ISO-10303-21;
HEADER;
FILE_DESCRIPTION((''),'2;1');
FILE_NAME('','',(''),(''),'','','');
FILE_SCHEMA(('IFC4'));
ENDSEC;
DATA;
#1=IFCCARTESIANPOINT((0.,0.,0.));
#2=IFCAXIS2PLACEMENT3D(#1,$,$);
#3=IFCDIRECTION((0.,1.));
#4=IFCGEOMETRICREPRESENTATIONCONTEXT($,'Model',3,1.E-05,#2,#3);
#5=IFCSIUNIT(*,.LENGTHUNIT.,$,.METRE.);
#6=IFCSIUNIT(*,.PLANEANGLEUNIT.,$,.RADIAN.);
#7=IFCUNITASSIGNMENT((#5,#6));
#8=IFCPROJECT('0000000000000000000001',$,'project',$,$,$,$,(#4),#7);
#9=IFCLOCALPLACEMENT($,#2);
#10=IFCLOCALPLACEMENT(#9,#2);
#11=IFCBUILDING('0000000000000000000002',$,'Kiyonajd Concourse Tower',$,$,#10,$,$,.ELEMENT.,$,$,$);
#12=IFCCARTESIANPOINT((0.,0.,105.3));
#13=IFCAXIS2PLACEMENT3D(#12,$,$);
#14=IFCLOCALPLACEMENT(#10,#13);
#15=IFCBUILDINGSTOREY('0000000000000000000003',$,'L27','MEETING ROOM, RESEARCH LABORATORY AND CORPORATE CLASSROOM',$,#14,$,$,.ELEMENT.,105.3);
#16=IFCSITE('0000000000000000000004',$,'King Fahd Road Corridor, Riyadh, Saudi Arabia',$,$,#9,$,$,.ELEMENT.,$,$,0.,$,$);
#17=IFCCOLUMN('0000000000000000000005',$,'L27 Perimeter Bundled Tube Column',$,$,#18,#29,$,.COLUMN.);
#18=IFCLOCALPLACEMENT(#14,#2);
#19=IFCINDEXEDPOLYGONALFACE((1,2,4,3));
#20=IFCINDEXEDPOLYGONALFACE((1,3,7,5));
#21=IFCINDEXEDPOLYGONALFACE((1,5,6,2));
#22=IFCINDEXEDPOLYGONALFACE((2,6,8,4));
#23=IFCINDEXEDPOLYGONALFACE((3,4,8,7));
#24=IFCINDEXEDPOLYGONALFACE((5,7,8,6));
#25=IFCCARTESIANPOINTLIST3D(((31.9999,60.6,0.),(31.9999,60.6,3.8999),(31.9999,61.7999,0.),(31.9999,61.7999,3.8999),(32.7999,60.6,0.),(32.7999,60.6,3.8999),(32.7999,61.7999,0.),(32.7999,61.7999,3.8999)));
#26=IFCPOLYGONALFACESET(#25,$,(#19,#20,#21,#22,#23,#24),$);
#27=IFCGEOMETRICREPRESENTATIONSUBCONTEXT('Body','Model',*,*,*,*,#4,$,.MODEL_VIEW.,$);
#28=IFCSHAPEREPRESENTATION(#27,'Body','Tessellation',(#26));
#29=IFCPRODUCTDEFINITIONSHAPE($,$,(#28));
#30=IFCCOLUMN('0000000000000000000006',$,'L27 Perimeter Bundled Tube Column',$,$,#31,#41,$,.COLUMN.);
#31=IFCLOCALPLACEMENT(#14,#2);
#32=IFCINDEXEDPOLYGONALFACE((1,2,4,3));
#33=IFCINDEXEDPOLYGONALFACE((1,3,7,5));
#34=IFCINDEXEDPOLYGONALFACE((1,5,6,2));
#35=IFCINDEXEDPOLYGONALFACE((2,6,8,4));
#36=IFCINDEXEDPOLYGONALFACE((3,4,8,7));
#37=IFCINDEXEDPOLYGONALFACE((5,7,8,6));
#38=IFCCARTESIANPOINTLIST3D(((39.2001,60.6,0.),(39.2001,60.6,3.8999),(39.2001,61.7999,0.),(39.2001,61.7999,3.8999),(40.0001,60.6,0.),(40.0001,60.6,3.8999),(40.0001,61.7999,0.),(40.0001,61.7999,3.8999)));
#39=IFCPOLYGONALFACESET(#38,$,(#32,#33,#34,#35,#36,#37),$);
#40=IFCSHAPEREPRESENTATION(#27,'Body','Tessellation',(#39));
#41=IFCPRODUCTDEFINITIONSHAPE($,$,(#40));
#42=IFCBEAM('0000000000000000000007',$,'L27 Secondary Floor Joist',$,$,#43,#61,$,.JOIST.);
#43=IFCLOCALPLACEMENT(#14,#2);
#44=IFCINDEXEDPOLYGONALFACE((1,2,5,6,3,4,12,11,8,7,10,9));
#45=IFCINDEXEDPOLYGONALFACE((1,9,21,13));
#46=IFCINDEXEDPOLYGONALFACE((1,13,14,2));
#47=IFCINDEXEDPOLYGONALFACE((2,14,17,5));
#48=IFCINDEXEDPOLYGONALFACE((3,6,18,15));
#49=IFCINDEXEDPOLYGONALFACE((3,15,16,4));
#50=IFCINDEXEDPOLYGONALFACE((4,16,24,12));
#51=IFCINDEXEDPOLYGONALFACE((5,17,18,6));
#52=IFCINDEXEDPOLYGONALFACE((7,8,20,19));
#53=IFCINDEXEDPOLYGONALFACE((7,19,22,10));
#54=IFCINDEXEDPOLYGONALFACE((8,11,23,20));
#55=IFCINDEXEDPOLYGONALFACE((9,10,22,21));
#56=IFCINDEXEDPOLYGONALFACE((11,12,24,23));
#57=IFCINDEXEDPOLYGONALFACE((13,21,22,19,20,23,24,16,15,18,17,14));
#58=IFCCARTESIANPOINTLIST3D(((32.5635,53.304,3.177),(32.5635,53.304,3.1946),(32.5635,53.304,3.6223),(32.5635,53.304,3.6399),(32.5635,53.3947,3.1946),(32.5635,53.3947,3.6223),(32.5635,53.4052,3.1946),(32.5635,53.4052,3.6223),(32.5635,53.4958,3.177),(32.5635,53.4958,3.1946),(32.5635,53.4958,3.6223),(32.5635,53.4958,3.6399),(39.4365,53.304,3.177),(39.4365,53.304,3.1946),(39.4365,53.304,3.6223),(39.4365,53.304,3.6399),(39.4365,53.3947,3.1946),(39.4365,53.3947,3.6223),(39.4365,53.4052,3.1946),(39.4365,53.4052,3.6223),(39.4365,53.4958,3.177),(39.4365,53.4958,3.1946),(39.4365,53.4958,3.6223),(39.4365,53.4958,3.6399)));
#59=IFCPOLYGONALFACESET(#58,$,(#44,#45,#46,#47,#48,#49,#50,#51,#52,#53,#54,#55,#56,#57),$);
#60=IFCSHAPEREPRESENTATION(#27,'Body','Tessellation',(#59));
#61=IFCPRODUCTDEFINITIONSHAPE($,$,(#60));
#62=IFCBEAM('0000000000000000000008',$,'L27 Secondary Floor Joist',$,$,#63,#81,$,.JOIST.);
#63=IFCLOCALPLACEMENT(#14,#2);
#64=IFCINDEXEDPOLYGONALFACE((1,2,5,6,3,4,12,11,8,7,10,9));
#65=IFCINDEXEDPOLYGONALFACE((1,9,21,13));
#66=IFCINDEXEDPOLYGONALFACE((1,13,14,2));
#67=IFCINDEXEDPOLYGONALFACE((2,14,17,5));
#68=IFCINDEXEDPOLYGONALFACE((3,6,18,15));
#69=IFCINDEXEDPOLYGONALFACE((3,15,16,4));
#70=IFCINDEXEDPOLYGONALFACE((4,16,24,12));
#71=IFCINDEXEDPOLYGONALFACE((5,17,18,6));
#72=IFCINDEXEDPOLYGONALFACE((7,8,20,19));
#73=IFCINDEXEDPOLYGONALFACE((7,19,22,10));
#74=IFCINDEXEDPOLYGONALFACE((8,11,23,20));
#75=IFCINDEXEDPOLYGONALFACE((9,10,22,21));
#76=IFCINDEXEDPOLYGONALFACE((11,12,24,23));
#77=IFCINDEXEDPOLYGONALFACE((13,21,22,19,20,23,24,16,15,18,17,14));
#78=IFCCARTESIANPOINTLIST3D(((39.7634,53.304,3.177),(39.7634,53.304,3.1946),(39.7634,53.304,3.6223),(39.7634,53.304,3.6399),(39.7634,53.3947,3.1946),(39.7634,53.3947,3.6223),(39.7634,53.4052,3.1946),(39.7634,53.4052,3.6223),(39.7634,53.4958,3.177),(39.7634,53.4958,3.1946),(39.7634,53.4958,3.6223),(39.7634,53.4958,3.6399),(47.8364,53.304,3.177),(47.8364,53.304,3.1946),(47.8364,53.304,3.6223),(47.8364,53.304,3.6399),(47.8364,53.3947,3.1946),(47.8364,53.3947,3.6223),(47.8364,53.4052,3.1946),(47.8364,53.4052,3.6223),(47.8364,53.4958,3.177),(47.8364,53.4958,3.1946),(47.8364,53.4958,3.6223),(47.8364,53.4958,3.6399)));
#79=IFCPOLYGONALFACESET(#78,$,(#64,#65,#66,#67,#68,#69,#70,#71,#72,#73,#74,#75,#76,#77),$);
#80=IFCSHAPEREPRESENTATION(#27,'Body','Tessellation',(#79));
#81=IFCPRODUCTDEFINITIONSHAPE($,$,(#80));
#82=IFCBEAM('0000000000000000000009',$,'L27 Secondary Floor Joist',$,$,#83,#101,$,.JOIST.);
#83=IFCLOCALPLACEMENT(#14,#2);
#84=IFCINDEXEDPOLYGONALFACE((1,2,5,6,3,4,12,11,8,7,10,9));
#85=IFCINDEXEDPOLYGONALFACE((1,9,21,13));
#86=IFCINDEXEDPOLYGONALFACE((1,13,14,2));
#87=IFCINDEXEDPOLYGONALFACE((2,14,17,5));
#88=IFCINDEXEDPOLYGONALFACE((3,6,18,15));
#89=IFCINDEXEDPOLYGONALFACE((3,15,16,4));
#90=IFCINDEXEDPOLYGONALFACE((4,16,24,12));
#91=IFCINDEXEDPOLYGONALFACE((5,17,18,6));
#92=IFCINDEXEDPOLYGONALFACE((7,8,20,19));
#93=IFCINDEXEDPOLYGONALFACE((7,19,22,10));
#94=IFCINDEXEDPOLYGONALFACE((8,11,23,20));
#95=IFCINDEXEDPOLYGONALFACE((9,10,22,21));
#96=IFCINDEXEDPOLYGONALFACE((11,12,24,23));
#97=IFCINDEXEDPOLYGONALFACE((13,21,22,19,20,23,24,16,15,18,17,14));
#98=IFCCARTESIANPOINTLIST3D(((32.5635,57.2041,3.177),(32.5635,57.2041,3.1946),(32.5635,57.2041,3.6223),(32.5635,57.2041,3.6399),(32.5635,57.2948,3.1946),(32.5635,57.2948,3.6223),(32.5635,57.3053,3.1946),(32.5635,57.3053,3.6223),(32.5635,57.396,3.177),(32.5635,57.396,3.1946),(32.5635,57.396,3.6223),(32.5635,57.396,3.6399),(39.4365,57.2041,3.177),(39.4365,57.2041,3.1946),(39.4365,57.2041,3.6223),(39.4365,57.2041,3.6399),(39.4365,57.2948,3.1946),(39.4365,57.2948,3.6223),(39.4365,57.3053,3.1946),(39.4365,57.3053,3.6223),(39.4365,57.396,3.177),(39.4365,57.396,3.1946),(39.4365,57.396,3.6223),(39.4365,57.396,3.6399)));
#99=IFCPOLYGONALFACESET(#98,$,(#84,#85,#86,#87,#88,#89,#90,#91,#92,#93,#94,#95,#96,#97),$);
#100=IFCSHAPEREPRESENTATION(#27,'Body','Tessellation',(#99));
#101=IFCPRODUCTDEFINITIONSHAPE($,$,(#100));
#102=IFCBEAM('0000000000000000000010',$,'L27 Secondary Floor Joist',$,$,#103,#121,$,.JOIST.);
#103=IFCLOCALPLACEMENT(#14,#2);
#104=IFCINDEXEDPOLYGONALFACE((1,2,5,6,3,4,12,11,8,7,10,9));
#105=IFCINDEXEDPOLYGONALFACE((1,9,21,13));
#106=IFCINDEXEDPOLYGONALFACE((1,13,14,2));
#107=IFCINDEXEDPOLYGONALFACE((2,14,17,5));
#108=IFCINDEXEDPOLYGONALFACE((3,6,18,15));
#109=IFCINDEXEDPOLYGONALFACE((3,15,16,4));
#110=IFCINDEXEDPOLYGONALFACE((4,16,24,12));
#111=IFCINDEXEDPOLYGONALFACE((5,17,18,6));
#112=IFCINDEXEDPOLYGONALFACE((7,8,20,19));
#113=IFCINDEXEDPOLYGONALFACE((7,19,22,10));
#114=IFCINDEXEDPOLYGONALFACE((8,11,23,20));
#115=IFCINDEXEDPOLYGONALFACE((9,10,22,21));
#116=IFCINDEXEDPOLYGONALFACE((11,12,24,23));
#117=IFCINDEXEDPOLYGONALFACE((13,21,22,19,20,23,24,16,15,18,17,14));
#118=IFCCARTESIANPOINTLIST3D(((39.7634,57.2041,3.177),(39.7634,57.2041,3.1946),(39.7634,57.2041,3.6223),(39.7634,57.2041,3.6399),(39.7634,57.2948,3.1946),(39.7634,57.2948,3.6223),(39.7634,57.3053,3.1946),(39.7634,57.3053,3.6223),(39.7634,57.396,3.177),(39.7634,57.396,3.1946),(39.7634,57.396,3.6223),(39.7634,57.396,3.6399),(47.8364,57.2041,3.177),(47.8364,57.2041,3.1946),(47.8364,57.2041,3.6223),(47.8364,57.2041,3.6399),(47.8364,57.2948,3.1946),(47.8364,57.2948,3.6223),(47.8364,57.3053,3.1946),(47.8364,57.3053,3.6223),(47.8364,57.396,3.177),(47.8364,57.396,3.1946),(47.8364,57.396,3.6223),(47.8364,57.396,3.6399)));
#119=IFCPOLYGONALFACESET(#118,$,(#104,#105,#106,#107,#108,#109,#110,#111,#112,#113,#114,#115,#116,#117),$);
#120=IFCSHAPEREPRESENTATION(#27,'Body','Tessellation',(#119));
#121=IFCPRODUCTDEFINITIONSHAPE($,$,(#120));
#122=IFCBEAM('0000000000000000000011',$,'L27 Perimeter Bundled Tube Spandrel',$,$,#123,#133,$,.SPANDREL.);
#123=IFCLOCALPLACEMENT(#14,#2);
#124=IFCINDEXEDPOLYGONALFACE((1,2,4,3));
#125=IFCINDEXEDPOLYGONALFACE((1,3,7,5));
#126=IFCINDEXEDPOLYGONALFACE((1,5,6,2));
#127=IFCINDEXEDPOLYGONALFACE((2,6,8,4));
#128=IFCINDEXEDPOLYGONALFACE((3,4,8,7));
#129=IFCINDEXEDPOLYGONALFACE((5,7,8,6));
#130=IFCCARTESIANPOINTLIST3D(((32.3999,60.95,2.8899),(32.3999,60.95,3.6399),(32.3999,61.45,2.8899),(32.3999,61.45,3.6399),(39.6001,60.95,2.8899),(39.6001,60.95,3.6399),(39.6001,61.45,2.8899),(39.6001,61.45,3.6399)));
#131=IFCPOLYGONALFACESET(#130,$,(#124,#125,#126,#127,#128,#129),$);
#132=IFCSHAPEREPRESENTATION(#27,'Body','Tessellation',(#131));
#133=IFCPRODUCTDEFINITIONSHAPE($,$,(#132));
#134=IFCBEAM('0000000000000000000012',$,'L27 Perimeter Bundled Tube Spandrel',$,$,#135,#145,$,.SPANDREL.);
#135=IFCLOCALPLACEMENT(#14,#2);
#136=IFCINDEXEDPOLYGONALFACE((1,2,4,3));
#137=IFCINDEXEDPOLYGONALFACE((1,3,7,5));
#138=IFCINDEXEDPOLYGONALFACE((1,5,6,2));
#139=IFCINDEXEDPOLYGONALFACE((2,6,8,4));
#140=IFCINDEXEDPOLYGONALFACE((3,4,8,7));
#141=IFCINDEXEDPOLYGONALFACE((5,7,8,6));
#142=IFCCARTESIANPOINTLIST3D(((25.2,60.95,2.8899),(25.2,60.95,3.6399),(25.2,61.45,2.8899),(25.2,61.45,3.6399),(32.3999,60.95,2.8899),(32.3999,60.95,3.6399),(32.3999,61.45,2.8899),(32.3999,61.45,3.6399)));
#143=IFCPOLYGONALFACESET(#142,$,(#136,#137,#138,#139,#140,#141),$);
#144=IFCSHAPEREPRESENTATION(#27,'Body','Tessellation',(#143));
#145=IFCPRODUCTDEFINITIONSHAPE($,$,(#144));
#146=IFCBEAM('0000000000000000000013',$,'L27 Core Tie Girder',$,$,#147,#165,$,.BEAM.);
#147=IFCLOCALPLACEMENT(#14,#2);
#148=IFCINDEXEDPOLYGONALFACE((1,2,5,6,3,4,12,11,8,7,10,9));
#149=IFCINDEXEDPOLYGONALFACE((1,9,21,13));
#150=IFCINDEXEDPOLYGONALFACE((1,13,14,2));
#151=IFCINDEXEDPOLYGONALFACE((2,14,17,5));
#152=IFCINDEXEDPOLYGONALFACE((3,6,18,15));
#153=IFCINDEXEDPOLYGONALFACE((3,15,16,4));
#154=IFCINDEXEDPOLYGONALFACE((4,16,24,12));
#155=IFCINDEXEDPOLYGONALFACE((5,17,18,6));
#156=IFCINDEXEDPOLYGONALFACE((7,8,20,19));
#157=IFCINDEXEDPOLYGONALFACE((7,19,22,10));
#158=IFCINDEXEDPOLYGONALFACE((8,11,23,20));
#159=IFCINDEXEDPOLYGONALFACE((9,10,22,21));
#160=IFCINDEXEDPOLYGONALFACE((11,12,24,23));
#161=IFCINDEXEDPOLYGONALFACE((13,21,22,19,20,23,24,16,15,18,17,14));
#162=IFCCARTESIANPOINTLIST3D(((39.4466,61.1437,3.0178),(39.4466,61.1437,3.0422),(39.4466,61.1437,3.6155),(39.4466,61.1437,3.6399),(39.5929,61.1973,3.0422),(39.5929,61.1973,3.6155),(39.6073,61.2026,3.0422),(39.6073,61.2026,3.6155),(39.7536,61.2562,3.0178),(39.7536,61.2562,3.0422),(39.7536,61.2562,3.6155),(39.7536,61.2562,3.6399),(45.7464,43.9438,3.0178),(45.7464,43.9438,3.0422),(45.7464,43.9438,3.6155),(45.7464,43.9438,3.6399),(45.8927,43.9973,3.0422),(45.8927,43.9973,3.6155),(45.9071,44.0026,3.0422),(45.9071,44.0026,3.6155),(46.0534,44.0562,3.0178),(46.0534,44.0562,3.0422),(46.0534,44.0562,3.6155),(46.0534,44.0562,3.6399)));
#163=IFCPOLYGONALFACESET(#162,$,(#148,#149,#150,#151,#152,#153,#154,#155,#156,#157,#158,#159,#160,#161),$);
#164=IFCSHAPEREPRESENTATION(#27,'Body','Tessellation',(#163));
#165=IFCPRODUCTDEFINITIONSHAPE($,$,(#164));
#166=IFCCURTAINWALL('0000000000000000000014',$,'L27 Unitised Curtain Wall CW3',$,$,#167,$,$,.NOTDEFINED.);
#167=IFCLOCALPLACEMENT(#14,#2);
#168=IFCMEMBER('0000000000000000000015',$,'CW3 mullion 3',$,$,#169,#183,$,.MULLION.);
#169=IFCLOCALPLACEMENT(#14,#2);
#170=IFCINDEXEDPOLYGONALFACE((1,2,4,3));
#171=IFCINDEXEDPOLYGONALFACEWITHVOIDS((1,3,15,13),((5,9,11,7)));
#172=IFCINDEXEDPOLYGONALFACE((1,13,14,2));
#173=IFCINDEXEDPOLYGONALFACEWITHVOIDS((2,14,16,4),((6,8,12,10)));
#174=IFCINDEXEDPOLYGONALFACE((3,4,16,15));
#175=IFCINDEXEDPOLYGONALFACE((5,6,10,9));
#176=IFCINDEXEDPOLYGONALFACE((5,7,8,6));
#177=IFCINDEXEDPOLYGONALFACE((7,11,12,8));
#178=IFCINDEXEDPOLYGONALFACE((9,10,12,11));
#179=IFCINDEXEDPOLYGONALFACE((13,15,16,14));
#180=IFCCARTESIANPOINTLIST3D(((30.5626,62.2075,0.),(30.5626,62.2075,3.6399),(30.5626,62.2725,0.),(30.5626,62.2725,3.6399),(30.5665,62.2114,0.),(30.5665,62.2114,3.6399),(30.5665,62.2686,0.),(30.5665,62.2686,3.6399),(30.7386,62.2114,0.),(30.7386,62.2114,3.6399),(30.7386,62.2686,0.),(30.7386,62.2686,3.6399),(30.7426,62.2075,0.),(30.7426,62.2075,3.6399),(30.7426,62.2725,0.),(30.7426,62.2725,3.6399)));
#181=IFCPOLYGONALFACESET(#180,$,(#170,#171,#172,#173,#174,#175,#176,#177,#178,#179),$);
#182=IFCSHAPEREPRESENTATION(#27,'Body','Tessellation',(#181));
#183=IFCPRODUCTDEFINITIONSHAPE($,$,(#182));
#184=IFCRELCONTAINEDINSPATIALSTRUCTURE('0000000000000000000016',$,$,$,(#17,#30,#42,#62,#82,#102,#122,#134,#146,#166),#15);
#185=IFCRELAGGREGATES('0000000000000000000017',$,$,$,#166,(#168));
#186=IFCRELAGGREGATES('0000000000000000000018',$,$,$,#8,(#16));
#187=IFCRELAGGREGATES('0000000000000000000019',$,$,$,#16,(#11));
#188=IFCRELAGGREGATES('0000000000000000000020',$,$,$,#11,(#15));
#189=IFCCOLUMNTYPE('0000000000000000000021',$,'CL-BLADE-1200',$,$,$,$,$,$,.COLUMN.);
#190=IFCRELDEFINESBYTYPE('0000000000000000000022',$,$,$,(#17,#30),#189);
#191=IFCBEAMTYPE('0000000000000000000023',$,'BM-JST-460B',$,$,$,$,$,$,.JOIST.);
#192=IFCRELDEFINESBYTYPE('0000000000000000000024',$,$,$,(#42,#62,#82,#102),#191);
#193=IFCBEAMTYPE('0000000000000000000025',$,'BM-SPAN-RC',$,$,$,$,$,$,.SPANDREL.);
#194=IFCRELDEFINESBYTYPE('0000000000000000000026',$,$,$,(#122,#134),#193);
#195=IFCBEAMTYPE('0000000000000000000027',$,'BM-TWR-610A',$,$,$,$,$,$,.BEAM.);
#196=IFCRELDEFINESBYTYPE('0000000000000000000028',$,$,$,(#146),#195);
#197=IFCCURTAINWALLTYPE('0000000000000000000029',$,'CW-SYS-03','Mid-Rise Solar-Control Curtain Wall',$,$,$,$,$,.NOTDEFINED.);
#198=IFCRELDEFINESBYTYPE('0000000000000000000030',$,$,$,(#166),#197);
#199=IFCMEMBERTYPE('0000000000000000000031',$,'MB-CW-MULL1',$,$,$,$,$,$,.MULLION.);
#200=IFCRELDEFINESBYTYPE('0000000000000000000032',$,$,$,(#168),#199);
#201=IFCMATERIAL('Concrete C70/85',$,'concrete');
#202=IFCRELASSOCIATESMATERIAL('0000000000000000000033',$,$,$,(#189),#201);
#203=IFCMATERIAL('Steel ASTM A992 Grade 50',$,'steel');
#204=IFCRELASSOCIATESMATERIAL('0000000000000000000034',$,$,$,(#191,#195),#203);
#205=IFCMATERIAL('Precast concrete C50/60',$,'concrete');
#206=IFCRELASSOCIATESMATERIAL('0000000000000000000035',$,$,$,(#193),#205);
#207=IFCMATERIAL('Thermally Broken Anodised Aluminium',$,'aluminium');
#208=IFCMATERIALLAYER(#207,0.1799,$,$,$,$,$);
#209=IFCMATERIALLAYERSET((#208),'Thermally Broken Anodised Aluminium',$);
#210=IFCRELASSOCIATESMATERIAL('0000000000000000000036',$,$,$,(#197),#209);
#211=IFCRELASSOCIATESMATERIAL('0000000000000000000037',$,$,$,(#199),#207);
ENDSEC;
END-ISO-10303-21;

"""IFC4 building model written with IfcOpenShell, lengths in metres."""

from ifc_helpers import new_model, si_unit, direction, frame, origin, origin_2d, place, context, subcontext, project, spatial, rectangle, hollow_rectangle, i_section, extrude, material, layer, layer_set, material_profile, profile_set, type_object, element, aggregate, save


model = new_model("IFC4")

# Units and contexts
model_context = context("Model", 3, precision=1e-05, world=origin(), true_north=direction((0.0, 1.0)))
body_context = subcontext(model_context, "Body", "Model", "MODEL_VIEW")
ifc_project = project(units=[si_unit("LENGTHUNIT", "METRE"), si_unit("PLANEANGLEUNIT", "RADIAN")], contexts=[model_context])

# Site, building, storey
site_placement = place(None, origin())
site = spatial("IfcSite", under=ifc_project, at=site_placement, Name="King Fahd Road Corridor, Riyadh, Saudi Arabia", CompositionType="ELEMENT", RefElevation=0.0)
building_placement = place(site_placement, origin())
building = spatial("IfcBuilding", under=site, at=building_placement, Name="Kiyonajd Concourse Tower", CompositionType="ELEMENT")
storey_placement = place(building_placement, frame((0.0, 0.0, 105.3)))
storey = spatial("IfcBuildingStorey", under=building, at=storey_placement, Name="L27", Description="MEETING ROOM, RESEARCH LABORATORY AND CORPORATE CLASSROOM", CompositionType="ELEMENT", Elevation=105.3)

# Columns
ifc_material_1 = material(Name="Concrete C70/85", Category="concrete")
ifc_material_profile_1 = material_profile(ifc_material_1, rectangle(XDim=0.8, YDim=1.2, at=origin_2d()), Name="RC-1200x800")
ifc_profile_set_1 = profile_set([ifc_material_profile_1], Name="Concrete C70/85")
column_type = type_object("IfcColumnType", Name="CL-BLADE-1200", PredefinedType="COLUMN", material=ifc_profile_set_1)
for number, where, z_axis, x_axis, name in (
    (1, (32.3999, 61.2, 0.0), (0.0, 0.0, 1.0), (1.0, 0.0, 0.0), "L27 Perimeter Bundled Tube Column"),
    (2, (39.6001, 61.2, 0.0), (0.0, 0.0, 1.0), (1.0, 0.0, 0.0), "L27 Perimeter Bundled Tube Column"),
):
    element("IfcColumn", number, at=place(storey_placement, frame(where, z_axis=z_axis, x_axis=x_axis)), inside=storey, type_object=column_type, Name=name, PredefinedType="COLUMN", context=body_context, shape_type="SweptSolid", body=[
        extrude(rectangle(XDim=0.8, YDim=1.2, at=origin_2d()), origin(), (0.0, 0.0, 1.0), 3.8999),
    ])

# Beams
ifc_material_2 = material(Name="Steel ASTM A992 Grade 50", Category="steel")
ifc_material_profile_2 = material_profile(ifc_material_2, i_section(OverallWidth=0.1919, OverallDepth=0.4629, WebThickness=0.0105, FlangeThickness=0.0176, at=origin_2d()), Name="W460X89")
ifc_profile_set_2 = profile_set([ifc_material_profile_2], Name="Steel ASTM A992 Grade 50")
beam_type_1 = type_object("IfcBeamType", Name="BM-JST-460B", PredefinedType="JOIST", material=ifc_profile_set_2)
beam_1_placement = place(storey_placement, frame((32.5635, 53.3999, 3.4084), z_axis=(1.0, 0.0, 0.0), x_axis=(0.0, 1.0, 0.0)))
element("IfcBeam", 3, at=beam_1_placement, inside=storey, type_object=beam_type_1, Name="L27 Secondary Floor Joist", PredefinedType="JOIST", context=body_context, shape_type="SweptSolid", body=[
    extrude(i_section(OverallWidth=0.1919, OverallDepth=0.4629, WebThickness=0.0105, FlangeThickness=0.0176, at=origin_2d()), origin(), (0.0, 0.0, 1.0), 6.873),
])
beam_2_placement = place(storey_placement, frame((39.7634, 53.3999, 3.4084), z_axis=(1.0, 0.0, 0.0), x_axis=(0.0, 1.0, 0.0)))
element("IfcBeam", 4, at=beam_2_placement, inside=storey, type_object=beam_type_1, Name="L27 Secondary Floor Joist", PredefinedType="JOIST", context=body_context, shape_type="SweptSolid", body=[
    extrude(i_section(OverallWidth=0.1919, OverallDepth=0.4629, WebThickness=0.0105, FlangeThickness=0.0176, at=origin_2d()), origin(), (0.0, 0.0, 1.0), 8.073),
])
beam_3_placement = place(storey_placement, frame((32.5635, 57.3, 3.4084), z_axis=(1.0, 0.0, 0.0), x_axis=(0.0, 1.0, 0.0)))
element("IfcBeam", 5, at=beam_3_placement, inside=storey, type_object=beam_type_1, Name="L27 Secondary Floor Joist", PredefinedType="JOIST", context=body_context, shape_type="SweptSolid", body=[
    extrude(i_section(OverallWidth=0.1919, OverallDepth=0.4629, WebThickness=0.0105, FlangeThickness=0.0176, at=origin_2d()), origin(), (0.0, 0.0, 1.0), 6.873),
])
beam_4_placement = place(storey_placement, frame((39.7634, 57.3, 3.4084), z_axis=(1.0, 0.0, 0.0), x_axis=(0.0, 1.0, 0.0)))
element("IfcBeam", 6, at=beam_4_placement, inside=storey, type_object=beam_type_1, Name="L27 Secondary Floor Joist", PredefinedType="JOIST", context=body_context, shape_type="SweptSolid", body=[
    extrude(i_section(OverallWidth=0.1919, OverallDepth=0.4629, WebThickness=0.0105, FlangeThickness=0.0176, at=origin_2d()), origin(), (0.0, 0.0, 1.0), 8.073),
])
ifc_material_3 = material(Name="Precast concrete C50/60", Category="concrete")
ifc_material_profile_3 = material_profile(ifc_material_3, rectangle(XDim=0.5, YDim=0.75, at=origin_2d()), Name="RCBM-500x750")
ifc_profile_set_3 = profile_set([ifc_material_profile_3], Name="Precast concrete C50/60")
beam_type_2 = type_object("IfcBeamType", Name="BM-SPAN-RC", PredefinedType="SPANDREL", material=ifc_profile_set_3)
beam_5_placement = place(storey_placement, frame((39.6001, 61.2, 3.2649), z_axis=(-1.0, 0.0, 0.0), x_axis=(0.0, -1.0, 0.0)))
element("IfcBeam", 7, at=beam_5_placement, inside=storey, type_object=beam_type_2, Name="L27 Perimeter Bundled Tube Spandrel", PredefinedType="SPANDREL", context=body_context, shape_type="SweptSolid", body=[
    extrude(rectangle(XDim=0.5, YDim=0.75, at=origin_2d()), origin(), (0.0, 0.0, 1.0), 7.2002),
])
beam_6_placement = place(storey_placement, frame((32.3999, 61.2, 3.2649), z_axis=(-1.0, 0.0, 0.0), x_axis=(0.0, -1.0, 0.0)))
element("IfcBeam", 8, at=beam_6_placement, inside=storey, type_object=beam_type_2, Name="L27 Perimeter Bundled Tube Spandrel", PredefinedType="SPANDREL", context=body_context, shape_type="SweptSolid", body=[
    extrude(rectangle(XDim=0.5, YDim=0.75, at=origin_2d()), origin(), (0.0, 0.0, 1.0), 7.2),
])
ifc_material_profile_4 = material_profile(ifc_material_2, i_section(OverallWidth=0.3269, OverallDepth=0.6221, WebThickness=0.0154, FlangeThickness=0.0244, at=origin_2d()), Name="W610X195")
ifc_profile_set_4 = profile_set([ifc_material_profile_4], Name="Steel ASTM A992 Grade 50")
beam_type_3 = type_object("IfcBeamType", Name="BM-TWR-610A", PredefinedType="BEAM", material=ifc_profile_set_4)
beam_7_placement = place(storey_placement, frame((39.6001, 61.2, 3.3289), z_axis=(0.343925, -0.938997, 0.0), x_axis=(0.938997, 0.343925, 0.0)))
element("IfcBeam", 9, at=beam_7_placement, inside=storey, type_object=beam_type_3, Name="L27 Core Tie Girder", PredefinedType="BEAM", context=body_context, shape_type="SweptSolid", body=[
    extrude(i_section(OverallWidth=0.3269, OverallDepth=0.6221, WebThickness=0.0154, FlangeThickness=0.0244, at=origin_2d()), origin(), (0.0, 0.0, 1.0), 18.3174),
])

# Curtain wall, member
ifc_material_4 = material(Name="Thermally Broken Anodised Aluminium", Category="aluminium")
ifc_layer_1 = layer(ifc_material_4, 0.1799)
ifc_layer_set_1 = layer_set([ifc_layer_1], Name="Thermally Broken Anodised Aluminium")
curtain_wall_type = type_object("IfcCurtainWallType", Name="CW-SYS-03", Description="Mid-Rise Solar-Control Curtain Wall", PredefinedType="NOTDEFINED", material=ifc_layer_set_1)
curtain_wall_placement = place(storey_placement, origin())
curtain_wall = element("IfcCurtainWall", 10, at=curtain_wall_placement, inside=storey, type_object=curtain_wall_type, Name="L27 Unitised Curtain Wall CW3", PredefinedType="NOTDEFINED")
ifc_material_profile_5 = material_profile(ifc_material_4, hollow_rectangle(XDim=0.0649, YDim=0.1799, WallThickness=0.0039, at=origin_2d()), Name="MULL-65x180")
ifc_profile_set_5 = profile_set([ifc_material_profile_5], Name="Thermally Broken Anodised Aluminium")
member_type_1 = type_object("IfcMemberType", Name="MB-CW-MULL1", PredefinedType="MULLION", material=ifc_profile_set_5)
member_1_placement = place(storey_placement, frame((30.6526, 62.24, 0.0), z_axis=(0.0, 0.0, 1.0), x_axis=(0.0, 1.0, 0.0)))
member_1 = element("IfcMember", 11, at=member_1_placement, type_object=member_type_1, Name="CW3 mullion 3", PredefinedType="MULLION", context=body_context, shape_type="SweptSolid", body=[
    extrude(hollow_rectangle(XDim=0.0649, YDim=0.1799, WallThickness=0.0039, at=origin_2d()), origin(), (0.0, 0.0, 1.0), 3.6399),
])
aggregate(curtain_wall, [member_1])

save(model, "model.ifc")
